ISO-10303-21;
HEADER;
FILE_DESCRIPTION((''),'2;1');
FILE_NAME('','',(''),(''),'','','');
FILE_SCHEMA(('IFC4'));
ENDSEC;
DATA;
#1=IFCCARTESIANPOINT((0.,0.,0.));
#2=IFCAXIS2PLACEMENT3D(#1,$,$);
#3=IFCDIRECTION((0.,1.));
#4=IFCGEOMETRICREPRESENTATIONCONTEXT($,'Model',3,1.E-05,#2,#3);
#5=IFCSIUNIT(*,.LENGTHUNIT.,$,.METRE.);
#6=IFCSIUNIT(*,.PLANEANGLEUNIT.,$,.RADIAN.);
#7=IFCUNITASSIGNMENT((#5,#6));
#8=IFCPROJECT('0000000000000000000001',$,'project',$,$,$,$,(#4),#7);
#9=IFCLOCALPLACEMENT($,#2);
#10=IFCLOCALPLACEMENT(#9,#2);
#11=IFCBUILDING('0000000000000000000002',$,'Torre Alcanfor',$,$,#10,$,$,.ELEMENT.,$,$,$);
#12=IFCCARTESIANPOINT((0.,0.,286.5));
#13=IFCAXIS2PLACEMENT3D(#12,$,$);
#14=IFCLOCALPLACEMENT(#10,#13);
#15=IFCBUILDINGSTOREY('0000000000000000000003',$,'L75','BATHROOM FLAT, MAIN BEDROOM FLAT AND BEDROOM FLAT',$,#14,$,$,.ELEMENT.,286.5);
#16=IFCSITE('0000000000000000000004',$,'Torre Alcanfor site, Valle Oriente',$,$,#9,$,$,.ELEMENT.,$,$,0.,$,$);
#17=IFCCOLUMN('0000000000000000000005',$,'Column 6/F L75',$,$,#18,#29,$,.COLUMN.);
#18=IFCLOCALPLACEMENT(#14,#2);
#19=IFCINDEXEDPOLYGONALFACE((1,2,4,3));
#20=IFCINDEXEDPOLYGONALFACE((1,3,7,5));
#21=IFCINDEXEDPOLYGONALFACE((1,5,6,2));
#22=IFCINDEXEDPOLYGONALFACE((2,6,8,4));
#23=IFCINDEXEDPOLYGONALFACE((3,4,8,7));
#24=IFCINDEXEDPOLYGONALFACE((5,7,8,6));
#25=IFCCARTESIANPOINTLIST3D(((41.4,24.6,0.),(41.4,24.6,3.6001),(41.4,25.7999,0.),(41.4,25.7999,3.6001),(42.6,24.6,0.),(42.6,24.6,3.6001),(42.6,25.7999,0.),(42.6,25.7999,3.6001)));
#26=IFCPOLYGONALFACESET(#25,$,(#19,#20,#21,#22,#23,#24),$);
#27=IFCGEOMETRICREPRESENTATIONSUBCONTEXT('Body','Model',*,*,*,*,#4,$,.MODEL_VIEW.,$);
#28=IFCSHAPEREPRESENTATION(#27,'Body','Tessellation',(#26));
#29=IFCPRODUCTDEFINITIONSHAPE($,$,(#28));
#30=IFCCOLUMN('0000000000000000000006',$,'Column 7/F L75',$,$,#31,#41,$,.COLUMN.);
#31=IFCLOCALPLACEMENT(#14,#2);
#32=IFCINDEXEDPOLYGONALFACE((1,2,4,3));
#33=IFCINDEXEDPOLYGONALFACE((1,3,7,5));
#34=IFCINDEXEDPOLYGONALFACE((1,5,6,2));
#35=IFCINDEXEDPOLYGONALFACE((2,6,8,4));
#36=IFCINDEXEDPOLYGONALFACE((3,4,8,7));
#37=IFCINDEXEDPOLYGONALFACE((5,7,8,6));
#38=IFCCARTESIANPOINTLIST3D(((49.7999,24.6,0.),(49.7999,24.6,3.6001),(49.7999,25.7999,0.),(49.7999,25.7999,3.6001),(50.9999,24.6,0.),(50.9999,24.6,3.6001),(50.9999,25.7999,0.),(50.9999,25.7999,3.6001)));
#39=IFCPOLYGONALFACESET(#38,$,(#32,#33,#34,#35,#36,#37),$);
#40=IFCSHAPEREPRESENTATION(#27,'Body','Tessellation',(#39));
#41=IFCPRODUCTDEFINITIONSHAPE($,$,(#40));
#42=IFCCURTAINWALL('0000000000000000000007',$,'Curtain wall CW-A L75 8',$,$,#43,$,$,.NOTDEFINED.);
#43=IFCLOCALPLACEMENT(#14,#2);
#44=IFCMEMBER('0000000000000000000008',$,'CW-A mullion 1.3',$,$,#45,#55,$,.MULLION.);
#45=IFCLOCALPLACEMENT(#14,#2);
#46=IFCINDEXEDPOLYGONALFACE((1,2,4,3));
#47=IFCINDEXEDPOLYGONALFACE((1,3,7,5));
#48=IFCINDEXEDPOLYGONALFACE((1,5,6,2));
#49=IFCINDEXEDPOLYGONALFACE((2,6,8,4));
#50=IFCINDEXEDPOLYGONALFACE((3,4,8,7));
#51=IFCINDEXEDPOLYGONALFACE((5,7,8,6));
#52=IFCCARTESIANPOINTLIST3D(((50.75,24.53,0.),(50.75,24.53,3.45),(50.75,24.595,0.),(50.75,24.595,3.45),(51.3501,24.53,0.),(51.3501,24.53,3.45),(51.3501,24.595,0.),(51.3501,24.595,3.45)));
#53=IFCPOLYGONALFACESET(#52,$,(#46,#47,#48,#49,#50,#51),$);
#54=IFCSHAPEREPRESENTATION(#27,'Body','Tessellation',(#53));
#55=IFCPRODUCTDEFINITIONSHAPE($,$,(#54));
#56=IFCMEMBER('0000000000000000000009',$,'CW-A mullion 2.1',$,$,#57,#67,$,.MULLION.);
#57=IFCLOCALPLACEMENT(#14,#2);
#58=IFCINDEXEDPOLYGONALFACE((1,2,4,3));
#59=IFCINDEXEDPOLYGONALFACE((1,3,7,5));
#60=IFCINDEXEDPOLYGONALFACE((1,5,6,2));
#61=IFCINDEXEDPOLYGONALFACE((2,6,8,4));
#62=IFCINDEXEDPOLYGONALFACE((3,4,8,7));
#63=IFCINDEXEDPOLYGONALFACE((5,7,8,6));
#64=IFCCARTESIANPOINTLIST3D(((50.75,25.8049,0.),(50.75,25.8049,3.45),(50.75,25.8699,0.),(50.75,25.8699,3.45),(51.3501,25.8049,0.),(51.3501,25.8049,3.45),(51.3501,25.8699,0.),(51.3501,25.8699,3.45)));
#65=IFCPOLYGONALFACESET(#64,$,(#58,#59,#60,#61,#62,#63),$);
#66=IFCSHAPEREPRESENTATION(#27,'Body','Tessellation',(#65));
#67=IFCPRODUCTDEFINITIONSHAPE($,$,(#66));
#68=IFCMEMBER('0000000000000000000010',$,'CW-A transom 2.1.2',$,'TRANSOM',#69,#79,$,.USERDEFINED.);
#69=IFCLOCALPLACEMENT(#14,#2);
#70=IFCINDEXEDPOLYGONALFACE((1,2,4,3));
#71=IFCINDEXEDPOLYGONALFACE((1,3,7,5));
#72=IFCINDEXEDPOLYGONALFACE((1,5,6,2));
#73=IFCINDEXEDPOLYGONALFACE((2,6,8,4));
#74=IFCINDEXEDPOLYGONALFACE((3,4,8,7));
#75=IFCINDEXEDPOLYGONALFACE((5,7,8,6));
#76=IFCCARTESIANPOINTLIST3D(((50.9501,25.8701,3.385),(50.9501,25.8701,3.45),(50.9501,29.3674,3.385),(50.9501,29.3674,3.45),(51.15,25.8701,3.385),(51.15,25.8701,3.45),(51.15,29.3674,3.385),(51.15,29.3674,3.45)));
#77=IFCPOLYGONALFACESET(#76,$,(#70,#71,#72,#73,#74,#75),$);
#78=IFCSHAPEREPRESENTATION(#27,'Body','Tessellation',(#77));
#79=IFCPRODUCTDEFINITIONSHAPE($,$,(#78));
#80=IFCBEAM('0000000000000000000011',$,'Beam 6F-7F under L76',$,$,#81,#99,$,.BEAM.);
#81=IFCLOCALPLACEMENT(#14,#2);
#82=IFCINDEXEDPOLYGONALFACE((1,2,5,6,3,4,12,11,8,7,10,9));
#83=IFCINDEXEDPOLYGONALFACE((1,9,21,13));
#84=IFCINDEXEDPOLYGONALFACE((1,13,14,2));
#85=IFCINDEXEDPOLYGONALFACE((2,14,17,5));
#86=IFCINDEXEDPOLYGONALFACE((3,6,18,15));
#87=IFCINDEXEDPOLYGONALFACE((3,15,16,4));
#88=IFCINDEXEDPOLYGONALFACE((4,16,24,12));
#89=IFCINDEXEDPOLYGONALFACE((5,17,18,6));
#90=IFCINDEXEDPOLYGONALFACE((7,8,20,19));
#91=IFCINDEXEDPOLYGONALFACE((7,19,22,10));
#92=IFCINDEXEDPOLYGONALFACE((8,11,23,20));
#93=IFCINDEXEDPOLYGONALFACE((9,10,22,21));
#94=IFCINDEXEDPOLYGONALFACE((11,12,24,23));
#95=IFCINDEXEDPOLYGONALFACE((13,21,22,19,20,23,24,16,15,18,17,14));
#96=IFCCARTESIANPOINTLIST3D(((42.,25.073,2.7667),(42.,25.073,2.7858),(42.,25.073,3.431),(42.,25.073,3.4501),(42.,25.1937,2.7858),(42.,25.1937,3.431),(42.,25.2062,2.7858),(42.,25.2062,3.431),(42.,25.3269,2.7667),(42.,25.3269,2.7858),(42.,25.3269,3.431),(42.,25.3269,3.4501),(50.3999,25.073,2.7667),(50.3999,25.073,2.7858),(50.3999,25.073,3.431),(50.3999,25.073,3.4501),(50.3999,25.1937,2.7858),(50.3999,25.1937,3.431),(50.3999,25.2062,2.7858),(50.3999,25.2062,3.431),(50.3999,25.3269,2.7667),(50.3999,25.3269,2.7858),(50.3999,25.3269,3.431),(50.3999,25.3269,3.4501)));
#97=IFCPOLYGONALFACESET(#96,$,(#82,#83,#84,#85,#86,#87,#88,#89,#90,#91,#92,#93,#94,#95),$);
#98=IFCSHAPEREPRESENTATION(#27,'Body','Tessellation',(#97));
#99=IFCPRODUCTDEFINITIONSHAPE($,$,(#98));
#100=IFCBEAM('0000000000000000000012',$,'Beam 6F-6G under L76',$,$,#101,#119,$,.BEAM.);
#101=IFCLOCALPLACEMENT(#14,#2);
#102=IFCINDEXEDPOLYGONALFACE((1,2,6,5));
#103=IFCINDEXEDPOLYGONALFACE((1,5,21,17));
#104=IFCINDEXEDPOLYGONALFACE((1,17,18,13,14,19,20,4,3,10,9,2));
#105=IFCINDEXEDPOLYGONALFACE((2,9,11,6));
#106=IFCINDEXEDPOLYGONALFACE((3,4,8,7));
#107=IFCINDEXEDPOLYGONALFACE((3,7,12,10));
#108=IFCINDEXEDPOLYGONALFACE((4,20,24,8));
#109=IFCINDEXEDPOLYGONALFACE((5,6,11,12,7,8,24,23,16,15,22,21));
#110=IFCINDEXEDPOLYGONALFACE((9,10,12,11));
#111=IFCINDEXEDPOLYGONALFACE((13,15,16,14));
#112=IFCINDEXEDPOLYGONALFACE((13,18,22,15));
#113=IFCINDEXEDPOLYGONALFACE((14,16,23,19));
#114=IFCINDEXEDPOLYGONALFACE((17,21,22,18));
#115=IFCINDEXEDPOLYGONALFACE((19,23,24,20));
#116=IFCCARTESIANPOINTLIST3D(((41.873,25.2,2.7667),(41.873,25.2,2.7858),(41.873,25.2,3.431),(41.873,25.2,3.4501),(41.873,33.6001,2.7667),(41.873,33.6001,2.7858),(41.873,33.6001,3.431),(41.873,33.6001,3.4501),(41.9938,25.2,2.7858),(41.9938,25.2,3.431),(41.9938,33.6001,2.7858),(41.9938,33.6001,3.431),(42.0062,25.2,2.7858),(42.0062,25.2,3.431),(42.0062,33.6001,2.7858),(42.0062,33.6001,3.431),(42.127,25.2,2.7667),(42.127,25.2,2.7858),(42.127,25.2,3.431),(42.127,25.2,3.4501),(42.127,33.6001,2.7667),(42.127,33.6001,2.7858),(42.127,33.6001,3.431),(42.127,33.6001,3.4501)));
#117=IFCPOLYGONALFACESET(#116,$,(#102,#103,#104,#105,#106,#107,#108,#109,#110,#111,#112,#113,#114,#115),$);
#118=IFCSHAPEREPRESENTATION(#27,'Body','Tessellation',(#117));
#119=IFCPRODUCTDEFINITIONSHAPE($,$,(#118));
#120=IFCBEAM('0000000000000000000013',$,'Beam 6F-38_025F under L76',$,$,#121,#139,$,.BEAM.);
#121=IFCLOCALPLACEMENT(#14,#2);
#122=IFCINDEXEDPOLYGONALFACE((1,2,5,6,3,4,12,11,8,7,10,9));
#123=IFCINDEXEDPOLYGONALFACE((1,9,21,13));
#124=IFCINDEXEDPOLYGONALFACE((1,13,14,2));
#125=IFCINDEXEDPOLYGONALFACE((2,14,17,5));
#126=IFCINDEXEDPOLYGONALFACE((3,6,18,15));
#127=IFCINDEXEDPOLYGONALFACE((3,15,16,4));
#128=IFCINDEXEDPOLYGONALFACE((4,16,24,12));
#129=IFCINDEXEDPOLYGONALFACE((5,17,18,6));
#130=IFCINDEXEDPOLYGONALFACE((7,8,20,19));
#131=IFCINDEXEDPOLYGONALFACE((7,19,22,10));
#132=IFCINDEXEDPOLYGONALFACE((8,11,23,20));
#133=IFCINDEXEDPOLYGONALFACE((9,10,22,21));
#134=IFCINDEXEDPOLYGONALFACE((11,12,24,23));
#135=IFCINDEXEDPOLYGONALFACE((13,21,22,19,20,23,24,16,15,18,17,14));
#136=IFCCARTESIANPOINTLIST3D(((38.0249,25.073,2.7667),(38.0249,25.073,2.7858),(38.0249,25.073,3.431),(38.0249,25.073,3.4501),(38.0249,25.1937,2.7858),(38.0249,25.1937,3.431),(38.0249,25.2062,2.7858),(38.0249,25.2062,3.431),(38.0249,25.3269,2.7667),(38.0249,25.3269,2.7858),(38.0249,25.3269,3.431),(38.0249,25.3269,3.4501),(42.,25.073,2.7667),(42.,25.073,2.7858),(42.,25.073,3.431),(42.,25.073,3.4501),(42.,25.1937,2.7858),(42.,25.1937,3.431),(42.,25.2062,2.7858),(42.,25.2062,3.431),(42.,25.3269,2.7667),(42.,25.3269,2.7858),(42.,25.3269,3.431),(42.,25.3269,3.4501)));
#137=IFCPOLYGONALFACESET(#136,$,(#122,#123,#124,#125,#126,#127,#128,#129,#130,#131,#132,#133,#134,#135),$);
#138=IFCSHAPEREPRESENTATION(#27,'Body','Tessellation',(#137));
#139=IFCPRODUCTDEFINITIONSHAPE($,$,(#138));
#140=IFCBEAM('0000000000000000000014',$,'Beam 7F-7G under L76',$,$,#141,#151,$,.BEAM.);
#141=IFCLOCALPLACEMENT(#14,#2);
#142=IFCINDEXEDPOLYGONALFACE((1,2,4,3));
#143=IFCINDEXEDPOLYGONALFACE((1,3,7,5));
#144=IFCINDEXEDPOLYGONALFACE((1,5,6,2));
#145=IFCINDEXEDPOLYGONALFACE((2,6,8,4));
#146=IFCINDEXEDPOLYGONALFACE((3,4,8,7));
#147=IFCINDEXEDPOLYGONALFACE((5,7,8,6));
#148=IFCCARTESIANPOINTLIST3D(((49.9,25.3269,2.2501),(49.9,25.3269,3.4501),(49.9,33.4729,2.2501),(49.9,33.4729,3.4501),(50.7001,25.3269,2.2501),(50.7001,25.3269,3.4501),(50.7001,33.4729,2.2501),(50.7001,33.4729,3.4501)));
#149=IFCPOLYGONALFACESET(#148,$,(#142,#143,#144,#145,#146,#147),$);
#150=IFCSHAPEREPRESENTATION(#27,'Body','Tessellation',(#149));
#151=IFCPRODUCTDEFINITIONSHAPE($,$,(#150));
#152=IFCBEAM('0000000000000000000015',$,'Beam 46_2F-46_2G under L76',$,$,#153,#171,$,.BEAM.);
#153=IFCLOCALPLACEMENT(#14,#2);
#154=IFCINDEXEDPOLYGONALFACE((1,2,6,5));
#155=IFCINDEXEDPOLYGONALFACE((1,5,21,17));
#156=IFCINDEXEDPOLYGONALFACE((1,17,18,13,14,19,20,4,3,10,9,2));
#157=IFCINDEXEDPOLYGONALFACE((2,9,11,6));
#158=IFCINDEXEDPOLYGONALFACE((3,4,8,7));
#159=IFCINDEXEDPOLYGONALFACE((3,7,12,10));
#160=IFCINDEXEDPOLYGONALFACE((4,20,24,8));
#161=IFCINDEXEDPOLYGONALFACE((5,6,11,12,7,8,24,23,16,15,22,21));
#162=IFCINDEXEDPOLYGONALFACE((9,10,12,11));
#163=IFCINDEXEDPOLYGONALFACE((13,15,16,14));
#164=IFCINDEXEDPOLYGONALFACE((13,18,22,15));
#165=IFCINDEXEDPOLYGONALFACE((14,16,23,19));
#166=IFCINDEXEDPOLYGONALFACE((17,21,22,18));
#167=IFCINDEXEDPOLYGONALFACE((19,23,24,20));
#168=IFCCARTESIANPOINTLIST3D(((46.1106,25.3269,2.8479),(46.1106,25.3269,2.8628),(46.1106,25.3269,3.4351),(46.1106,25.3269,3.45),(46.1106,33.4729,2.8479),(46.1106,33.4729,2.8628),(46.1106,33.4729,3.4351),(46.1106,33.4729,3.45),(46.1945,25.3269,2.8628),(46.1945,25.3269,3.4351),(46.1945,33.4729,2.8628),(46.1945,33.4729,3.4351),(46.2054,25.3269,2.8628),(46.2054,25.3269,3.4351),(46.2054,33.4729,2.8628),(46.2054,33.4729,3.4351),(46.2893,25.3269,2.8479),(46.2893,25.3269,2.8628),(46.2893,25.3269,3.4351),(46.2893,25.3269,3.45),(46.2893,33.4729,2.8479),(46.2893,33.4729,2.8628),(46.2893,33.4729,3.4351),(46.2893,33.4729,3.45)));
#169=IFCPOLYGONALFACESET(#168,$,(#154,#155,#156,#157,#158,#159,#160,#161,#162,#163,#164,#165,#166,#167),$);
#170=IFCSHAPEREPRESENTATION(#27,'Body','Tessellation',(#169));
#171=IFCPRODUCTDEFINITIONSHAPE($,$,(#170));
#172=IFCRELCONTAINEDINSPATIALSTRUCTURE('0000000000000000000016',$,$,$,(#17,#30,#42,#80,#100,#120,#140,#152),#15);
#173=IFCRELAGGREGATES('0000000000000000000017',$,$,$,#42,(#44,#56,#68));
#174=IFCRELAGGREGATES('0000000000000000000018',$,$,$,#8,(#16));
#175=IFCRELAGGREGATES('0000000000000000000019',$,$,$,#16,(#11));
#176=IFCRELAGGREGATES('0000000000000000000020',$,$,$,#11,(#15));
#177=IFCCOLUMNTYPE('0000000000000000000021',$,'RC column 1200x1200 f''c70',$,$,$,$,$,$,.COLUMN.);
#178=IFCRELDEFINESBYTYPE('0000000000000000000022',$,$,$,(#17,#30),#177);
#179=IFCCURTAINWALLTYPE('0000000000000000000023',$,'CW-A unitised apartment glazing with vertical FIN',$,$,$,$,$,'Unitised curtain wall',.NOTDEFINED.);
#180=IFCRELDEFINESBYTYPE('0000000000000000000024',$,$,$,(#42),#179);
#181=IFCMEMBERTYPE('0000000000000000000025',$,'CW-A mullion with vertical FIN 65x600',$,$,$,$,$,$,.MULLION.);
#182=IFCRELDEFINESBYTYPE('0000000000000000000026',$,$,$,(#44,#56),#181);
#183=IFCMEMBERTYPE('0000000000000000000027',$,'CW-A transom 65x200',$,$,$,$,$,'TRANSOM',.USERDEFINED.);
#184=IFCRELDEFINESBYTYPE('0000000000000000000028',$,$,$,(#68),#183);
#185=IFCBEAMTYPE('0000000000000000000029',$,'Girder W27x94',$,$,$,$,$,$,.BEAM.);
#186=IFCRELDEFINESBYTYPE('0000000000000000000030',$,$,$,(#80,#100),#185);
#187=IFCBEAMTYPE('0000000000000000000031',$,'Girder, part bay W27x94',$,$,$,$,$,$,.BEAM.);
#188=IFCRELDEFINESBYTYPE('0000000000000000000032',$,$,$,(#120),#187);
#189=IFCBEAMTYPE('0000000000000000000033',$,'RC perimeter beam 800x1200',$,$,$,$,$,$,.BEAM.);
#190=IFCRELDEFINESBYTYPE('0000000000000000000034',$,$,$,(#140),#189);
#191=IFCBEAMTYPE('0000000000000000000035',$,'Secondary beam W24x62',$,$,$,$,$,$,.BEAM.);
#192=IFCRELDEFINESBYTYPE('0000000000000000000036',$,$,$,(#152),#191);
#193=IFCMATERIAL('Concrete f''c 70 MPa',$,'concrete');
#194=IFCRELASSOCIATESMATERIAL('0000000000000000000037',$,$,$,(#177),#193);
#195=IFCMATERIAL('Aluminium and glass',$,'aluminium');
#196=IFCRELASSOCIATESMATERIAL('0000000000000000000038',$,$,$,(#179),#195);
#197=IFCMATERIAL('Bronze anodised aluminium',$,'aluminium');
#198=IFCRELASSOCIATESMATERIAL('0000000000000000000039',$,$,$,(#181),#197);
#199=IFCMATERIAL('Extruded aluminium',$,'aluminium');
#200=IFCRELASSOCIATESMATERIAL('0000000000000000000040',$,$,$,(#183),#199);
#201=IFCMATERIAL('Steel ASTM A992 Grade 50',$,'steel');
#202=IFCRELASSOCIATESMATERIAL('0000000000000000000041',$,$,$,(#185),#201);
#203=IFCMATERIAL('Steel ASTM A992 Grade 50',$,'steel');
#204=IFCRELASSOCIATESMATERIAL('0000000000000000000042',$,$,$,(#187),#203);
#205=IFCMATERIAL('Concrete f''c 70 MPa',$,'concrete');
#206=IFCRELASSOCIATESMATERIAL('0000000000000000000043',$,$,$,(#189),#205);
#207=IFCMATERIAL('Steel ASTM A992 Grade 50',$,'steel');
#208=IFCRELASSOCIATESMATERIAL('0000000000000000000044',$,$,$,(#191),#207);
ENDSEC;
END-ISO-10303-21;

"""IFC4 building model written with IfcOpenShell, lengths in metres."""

from ifc_helpers import new_model, si_unit, direction, frame, origin, origin_2d, place, context, subcontext, project, spatial, rectangle, i_section, extrude, material, material_profile, profile_set, type_object, element, aggregate, save


model = new_model("IFC4")

# Units and contexts
model_context = context("Model", 3, precision=1e-05, world=origin(), true_north=direction((0.0, 1.0)))
body_context = subcontext(model_context, "Body", "Model", "MODEL_VIEW")
ifc_project = project(units=[si_unit("LENGTHUNIT", "METRE"), si_unit("PLANEANGLEUNIT", "RADIAN")], contexts=[model_context])

# Site, building, storey
site_placement = place(None, origin())
site = spatial("IfcSite", under=ifc_project, at=site_placement, Name="Torre Alcanfor site, Valle Oriente", CompositionType="ELEMENT", RefElevation=0.0)
building_placement = place(site_placement, origin())
building = spatial("IfcBuilding", under=site, at=building_placement, Name="Torre Alcanfor", CompositionType="ELEMENT")
storey_placement = place(building_placement, frame((0.0, 0.0, 286.5)))
storey = spatial("IfcBuildingStorey", under=building, at=storey_placement, Name="L75", Description="BATHROOM FLAT, MAIN BEDROOM FLAT AND BEDROOM FLAT", CompositionType="ELEMENT", Elevation=286.5)

# Columns
ifc_material_1 = material(Name="Concrete f'c 70 MPa", Category="concrete")
ifc_material_profile_1 = material_profile(ifc_material_1, rectangle(XDim=1.2, YDim=1.2, at=origin_2d()), Name="1200x1200")
ifc_profile_set_1 = profile_set([ifc_material_profile_1], Name="Concrete f'c 70 MPa")
column_type = type_object("IfcColumnType", Name="RC column 1200x1200 f'c70", PredefinedType="COLUMN", material=ifc_profile_set_1)
for number, where, z_axis, x_axis, name in (
    (1, (42.0, 25.2, 0.0), (0.0, 0.0, 1.0), (1.0, 0.0, 0.0), "Column 6/F L75"),
    (2, (50.3999, 25.2, 0.0), (0.0, 0.0, 1.0), (1.0, 0.0, 0.0), "Column 7/F L75"),
):
    element("IfcColumn", number, at=place(storey_placement, frame(where, z_axis=z_axis, x_axis=x_axis)), inside=storey, type_object=column_type, Name=name, PredefinedType="COLUMN", context=body_context, shape_type="SweptSolid", body=[
        extrude(rectangle(XDim=1.2, YDim=1.2, at=origin_2d()), origin(), (0.0, 0.0, 1.0), 3.6001),
    ])

# Curtain wall, members
ifc_material_2 = material(Name="Aluminium and glass", Category="aluminium")
curtain_wall_type = type_object("IfcCurtainWallType", Name="CW-A unitised apartment glazing with vertical FIN", ElementType="Unitised curtain wall", PredefinedType="NOTDEFINED", material=ifc_material_2)
curtain_wall_placement = place(storey_placement, origin())
curtain_wall = element("IfcCurtainWall", 3, at=curtain_wall_placement, inside=storey, type_object=curtain_wall_type, Name="Curtain wall CW-A L75 8", PredefinedType="NOTDEFINED")
ifc_material_3 = material(Name="Bronze anodised aluminium", Category="aluminium")
ifc_material_profile_2 = material_profile(ifc_material_3, rectangle(XDim=0.6001, YDim=0.0649, at=origin_2d()), Name="CW-A mullion 65x600")
ifc_profile_set_2 = profile_set([ifc_material_profile_2], Name="Bronze anodised aluminium")
member_type_1 = type_object("IfcMemberType", Name="CW-A mullion with vertical FIN 65x600", PredefinedType="MULLION", material=ifc_profile_set_2)
member_1_placement = place(storey_placement, frame((51.05, 24.5625, 0.0), z_axis=(0.0, 0.0, 1.0), x_axis=(-1.0, 0.0, 0.0)))
member_1 = element("IfcMember", 4, at=member_1_placement, type_object=member_type_1, Name="CW-A mullion 1.3", PredefinedType="MULLION", context=body_context, shape_type="SweptSolid", body=[
    extrude(rectangle(XDim=0.6001, YDim=0.0649, at=origin_2d()), origin(), (0.0, 0.0, 1.0), 3.45),
])
member_2_placement = place(storey_placement, frame((51.05, 25.8374, 0.0), z_axis=(0.0, 0.0, 1.0), x_axis=(-1.0, 0.0, 0.0)))
member_2 = element("IfcMember", 5, at=member_2_placement, type_object=member_type_1, Name="CW-A mullion 2.1", PredefinedType="MULLION", context=body_context, shape_type="SweptSolid", body=[
    extrude(rectangle(XDim=0.6001, YDim=0.0649, at=origin_2d()), origin(), (0.0, 0.0, 1.0), 3.45),
])
ifc_material_4 = material(Name="Extruded aluminium", Category="aluminium")
ifc_material_profile_3 = material_profile(ifc_material_4, rectangle(XDim=0.2, YDim=0.0649, at=origin_2d()), Name="CW-A transom 200x65")
ifc_profile_set_3 = profile_set([ifc_material_profile_3], Name="Extruded aluminium")
member_type_2 = type_object("IfcMemberType", Name="CW-A transom 65x200", ElementType="TRANSOM", PredefinedType="USERDEFINED", material=ifc_profile_set_3)
member_3_placement = place(storey_placement, frame((51.05, 25.8701, 3.4175), z_axis=(0.0, 1.0, 0.0), x_axis=(-1.0, 0.0, 0.0)))
member_3 = element("IfcMember", 6, at=member_3_placement, type_object=member_type_2, Name="CW-A transom 2.1.2", ObjectType="TRANSOM", PredefinedType="USERDEFINED", context=body_context, shape_type="SweptSolid", body=[
    extrude(rectangle(XDim=0.2, YDim=0.0649, at=origin_2d()), origin(), (0.0, 0.0, 1.0), 3.4973),
])

# Beams
ifc_material_5 = material(Name="Steel ASTM A992 Grade 50", Category="steel")
ifc_material_profile_4 = material_profile(ifc_material_5, i_section(OverallWidth=0.2539, OverallDepth=0.6833, WebThickness=0.0125, FlangeThickness=0.019, at=origin_2d()), Name="W27x94")
ifc_profile_set_4 = profile_set([ifc_material_profile_4], Name="Steel ASTM A992 Grade 50")
beam_type_1 = type_object("IfcBeamType", Name="Girder W27x94", PredefinedType="BEAM", material=ifc_profile_set_4)
beam_1_placement = place(storey_placement, frame((42.0, 25.2, 3.1084), z_axis=(1.0, 0.0, 0.0), x_axis=(0.0, 1.0, 0.0)))
element("IfcBeam", 7, at=beam_1_placement, inside=storey, type_object=beam_type_1, Name="Beam 6F-7F under L76", PredefinedType="BEAM", context=body_context, shape_type="SweptSolid", body=[
    extrude(i_section(OverallWidth=0.2539, OverallDepth=0.6833, WebThickness=0.0125, FlangeThickness=0.019, at=origin_2d()), origin(), (0.0, 0.0, 1.0), 8.3999),
])
beam_2_placement = place(storey_placement, frame((42.0, 25.2, 3.1084), z_axis=(0.0, 1.0, 0.0), x_axis=(-1.0, 0.0, 0.0)))
element("IfcBeam", 8, at=beam_2_placement, inside=storey, type_object=beam_type_1, Name="Beam 6F-6G under L76", PredefinedType="BEAM", context=body_context, shape_type="SweptSolid", body=[
    extrude(i_section(OverallWidth=0.2539, OverallDepth=0.6833, WebThickness=0.0125, FlangeThickness=0.019, at=origin_2d()), origin(), (0.0, 0.0, 1.0), 8.4001),
])
ifc_material_6 = material(Name="Steel ASTM A992 Grade 50", Category="steel")
ifc_material_profile_5 = material_profile(ifc_material_6, i_section(OverallWidth=0.2539, OverallDepth=0.6833, WebThickness=0.0125, FlangeThickness=0.019, at=origin_2d()), Name="W27x94")
ifc_profile_set_5 = profile_set([ifc_material_profile_5], Name="Steel ASTM A992 Grade 50")
beam_type_2 = type_object("IfcBeamType", Name="Girder, part bay W27x94", PredefinedType="BEAM", material=ifc_profile_set_5)
beam_3_placement = place(storey_placement, frame((42.0, 25.2, 3.1084), z_axis=(-1.0, 0.0, 0.0), x_axis=(0.0, -1.0, 0.0)))
element("IfcBeam", 9, at=beam_3_placement, inside=storey, type_object=beam_type_2, Name="Beam 6F-38_025F under L76", PredefinedType="BEAM", context=body_context, shape_type="SweptSolid", body=[
    extrude(i_section(OverallWidth=0.2539, OverallDepth=0.6833, WebThickness=0.0125, FlangeThickness=0.019, at=origin_2d()), origin(), (0.0, 0.0, 1.0), 3.9751),
])
ifc_material_7 = material(Name="Concrete f'c 70 MPa", Category="concrete")
ifc_material_profile_6 = material_profile(ifc_material_7, rectangle(XDim=0.8, YDim=1.2, at=origin_2d()), Name="800x1200")
ifc_profile_set_6 = profile_set([ifc_material_profile_6], Name="Concrete f'c 70 MPa")
beam_type_3 = type_object("IfcBeamType", Name="RC perimeter beam 800x1200", PredefinedType="BEAM", material=ifc_profile_set_6)
beam_4_placement = place(storey_placement, frame((50.3, 25.3269, 2.8501), z_axis=(0.0, 1.0, 0.0), x_axis=(-1.0, 0.0, 0.0)))
element("IfcBeam", 10, at=beam_4_placement, inside=storey, type_object=beam_type_3, Name="Beam 7F-7G under L76", PredefinedType="BEAM", context=body_context, shape_type="SweptSolid", body=[
    extrude(rectangle(XDim=0.8, YDim=1.2, at=origin_2d()), origin(), (0.0, 0.0, 1.0), 8.146),
])
ifc_material_8 = material(Name="Steel ASTM A992 Grade 50", Category="steel")
ifc_material_profile_7 = material_profile(ifc_material_8, i_section(OverallWidth=0.1787, OverallDepth=0.6021, WebThickness=0.011, FlangeThickness=0.0149, at=origin_2d()), Name="W24x62")
ifc_profile_set_7 = profile_set([ifc_material_profile_7], Name="Steel ASTM A992 Grade 50")
beam_type_4 = type_object("IfcBeamType", Name="Secondary beam W24x62", PredefinedType="BEAM", material=ifc_profile_set_7)
beam_5_placement = place(storey_placement, frame((46.2, 25.3269, 3.1489), z_axis=(0.0, 1.0, 0.0), x_axis=(-1.0, 0.0, 0.0)))
element("IfcBeam", 11, at=beam_5_placement, inside=storey, type_object=beam_type_4, Name="Beam 46_2F-46_2G under L76", PredefinedType="BEAM", context=body_context, shape_type="SweptSolid", body=[
    extrude(i_section(OverallWidth=0.1787, OverallDepth=0.6021, WebThickness=0.011, FlangeThickness=0.0149, at=origin_2d()), origin(), (0.0, 0.0, 1.0), 8.146),
])

aggregate(curtain_wall, [member_1, member_2, member_3])

save(model, "model.ifc")
